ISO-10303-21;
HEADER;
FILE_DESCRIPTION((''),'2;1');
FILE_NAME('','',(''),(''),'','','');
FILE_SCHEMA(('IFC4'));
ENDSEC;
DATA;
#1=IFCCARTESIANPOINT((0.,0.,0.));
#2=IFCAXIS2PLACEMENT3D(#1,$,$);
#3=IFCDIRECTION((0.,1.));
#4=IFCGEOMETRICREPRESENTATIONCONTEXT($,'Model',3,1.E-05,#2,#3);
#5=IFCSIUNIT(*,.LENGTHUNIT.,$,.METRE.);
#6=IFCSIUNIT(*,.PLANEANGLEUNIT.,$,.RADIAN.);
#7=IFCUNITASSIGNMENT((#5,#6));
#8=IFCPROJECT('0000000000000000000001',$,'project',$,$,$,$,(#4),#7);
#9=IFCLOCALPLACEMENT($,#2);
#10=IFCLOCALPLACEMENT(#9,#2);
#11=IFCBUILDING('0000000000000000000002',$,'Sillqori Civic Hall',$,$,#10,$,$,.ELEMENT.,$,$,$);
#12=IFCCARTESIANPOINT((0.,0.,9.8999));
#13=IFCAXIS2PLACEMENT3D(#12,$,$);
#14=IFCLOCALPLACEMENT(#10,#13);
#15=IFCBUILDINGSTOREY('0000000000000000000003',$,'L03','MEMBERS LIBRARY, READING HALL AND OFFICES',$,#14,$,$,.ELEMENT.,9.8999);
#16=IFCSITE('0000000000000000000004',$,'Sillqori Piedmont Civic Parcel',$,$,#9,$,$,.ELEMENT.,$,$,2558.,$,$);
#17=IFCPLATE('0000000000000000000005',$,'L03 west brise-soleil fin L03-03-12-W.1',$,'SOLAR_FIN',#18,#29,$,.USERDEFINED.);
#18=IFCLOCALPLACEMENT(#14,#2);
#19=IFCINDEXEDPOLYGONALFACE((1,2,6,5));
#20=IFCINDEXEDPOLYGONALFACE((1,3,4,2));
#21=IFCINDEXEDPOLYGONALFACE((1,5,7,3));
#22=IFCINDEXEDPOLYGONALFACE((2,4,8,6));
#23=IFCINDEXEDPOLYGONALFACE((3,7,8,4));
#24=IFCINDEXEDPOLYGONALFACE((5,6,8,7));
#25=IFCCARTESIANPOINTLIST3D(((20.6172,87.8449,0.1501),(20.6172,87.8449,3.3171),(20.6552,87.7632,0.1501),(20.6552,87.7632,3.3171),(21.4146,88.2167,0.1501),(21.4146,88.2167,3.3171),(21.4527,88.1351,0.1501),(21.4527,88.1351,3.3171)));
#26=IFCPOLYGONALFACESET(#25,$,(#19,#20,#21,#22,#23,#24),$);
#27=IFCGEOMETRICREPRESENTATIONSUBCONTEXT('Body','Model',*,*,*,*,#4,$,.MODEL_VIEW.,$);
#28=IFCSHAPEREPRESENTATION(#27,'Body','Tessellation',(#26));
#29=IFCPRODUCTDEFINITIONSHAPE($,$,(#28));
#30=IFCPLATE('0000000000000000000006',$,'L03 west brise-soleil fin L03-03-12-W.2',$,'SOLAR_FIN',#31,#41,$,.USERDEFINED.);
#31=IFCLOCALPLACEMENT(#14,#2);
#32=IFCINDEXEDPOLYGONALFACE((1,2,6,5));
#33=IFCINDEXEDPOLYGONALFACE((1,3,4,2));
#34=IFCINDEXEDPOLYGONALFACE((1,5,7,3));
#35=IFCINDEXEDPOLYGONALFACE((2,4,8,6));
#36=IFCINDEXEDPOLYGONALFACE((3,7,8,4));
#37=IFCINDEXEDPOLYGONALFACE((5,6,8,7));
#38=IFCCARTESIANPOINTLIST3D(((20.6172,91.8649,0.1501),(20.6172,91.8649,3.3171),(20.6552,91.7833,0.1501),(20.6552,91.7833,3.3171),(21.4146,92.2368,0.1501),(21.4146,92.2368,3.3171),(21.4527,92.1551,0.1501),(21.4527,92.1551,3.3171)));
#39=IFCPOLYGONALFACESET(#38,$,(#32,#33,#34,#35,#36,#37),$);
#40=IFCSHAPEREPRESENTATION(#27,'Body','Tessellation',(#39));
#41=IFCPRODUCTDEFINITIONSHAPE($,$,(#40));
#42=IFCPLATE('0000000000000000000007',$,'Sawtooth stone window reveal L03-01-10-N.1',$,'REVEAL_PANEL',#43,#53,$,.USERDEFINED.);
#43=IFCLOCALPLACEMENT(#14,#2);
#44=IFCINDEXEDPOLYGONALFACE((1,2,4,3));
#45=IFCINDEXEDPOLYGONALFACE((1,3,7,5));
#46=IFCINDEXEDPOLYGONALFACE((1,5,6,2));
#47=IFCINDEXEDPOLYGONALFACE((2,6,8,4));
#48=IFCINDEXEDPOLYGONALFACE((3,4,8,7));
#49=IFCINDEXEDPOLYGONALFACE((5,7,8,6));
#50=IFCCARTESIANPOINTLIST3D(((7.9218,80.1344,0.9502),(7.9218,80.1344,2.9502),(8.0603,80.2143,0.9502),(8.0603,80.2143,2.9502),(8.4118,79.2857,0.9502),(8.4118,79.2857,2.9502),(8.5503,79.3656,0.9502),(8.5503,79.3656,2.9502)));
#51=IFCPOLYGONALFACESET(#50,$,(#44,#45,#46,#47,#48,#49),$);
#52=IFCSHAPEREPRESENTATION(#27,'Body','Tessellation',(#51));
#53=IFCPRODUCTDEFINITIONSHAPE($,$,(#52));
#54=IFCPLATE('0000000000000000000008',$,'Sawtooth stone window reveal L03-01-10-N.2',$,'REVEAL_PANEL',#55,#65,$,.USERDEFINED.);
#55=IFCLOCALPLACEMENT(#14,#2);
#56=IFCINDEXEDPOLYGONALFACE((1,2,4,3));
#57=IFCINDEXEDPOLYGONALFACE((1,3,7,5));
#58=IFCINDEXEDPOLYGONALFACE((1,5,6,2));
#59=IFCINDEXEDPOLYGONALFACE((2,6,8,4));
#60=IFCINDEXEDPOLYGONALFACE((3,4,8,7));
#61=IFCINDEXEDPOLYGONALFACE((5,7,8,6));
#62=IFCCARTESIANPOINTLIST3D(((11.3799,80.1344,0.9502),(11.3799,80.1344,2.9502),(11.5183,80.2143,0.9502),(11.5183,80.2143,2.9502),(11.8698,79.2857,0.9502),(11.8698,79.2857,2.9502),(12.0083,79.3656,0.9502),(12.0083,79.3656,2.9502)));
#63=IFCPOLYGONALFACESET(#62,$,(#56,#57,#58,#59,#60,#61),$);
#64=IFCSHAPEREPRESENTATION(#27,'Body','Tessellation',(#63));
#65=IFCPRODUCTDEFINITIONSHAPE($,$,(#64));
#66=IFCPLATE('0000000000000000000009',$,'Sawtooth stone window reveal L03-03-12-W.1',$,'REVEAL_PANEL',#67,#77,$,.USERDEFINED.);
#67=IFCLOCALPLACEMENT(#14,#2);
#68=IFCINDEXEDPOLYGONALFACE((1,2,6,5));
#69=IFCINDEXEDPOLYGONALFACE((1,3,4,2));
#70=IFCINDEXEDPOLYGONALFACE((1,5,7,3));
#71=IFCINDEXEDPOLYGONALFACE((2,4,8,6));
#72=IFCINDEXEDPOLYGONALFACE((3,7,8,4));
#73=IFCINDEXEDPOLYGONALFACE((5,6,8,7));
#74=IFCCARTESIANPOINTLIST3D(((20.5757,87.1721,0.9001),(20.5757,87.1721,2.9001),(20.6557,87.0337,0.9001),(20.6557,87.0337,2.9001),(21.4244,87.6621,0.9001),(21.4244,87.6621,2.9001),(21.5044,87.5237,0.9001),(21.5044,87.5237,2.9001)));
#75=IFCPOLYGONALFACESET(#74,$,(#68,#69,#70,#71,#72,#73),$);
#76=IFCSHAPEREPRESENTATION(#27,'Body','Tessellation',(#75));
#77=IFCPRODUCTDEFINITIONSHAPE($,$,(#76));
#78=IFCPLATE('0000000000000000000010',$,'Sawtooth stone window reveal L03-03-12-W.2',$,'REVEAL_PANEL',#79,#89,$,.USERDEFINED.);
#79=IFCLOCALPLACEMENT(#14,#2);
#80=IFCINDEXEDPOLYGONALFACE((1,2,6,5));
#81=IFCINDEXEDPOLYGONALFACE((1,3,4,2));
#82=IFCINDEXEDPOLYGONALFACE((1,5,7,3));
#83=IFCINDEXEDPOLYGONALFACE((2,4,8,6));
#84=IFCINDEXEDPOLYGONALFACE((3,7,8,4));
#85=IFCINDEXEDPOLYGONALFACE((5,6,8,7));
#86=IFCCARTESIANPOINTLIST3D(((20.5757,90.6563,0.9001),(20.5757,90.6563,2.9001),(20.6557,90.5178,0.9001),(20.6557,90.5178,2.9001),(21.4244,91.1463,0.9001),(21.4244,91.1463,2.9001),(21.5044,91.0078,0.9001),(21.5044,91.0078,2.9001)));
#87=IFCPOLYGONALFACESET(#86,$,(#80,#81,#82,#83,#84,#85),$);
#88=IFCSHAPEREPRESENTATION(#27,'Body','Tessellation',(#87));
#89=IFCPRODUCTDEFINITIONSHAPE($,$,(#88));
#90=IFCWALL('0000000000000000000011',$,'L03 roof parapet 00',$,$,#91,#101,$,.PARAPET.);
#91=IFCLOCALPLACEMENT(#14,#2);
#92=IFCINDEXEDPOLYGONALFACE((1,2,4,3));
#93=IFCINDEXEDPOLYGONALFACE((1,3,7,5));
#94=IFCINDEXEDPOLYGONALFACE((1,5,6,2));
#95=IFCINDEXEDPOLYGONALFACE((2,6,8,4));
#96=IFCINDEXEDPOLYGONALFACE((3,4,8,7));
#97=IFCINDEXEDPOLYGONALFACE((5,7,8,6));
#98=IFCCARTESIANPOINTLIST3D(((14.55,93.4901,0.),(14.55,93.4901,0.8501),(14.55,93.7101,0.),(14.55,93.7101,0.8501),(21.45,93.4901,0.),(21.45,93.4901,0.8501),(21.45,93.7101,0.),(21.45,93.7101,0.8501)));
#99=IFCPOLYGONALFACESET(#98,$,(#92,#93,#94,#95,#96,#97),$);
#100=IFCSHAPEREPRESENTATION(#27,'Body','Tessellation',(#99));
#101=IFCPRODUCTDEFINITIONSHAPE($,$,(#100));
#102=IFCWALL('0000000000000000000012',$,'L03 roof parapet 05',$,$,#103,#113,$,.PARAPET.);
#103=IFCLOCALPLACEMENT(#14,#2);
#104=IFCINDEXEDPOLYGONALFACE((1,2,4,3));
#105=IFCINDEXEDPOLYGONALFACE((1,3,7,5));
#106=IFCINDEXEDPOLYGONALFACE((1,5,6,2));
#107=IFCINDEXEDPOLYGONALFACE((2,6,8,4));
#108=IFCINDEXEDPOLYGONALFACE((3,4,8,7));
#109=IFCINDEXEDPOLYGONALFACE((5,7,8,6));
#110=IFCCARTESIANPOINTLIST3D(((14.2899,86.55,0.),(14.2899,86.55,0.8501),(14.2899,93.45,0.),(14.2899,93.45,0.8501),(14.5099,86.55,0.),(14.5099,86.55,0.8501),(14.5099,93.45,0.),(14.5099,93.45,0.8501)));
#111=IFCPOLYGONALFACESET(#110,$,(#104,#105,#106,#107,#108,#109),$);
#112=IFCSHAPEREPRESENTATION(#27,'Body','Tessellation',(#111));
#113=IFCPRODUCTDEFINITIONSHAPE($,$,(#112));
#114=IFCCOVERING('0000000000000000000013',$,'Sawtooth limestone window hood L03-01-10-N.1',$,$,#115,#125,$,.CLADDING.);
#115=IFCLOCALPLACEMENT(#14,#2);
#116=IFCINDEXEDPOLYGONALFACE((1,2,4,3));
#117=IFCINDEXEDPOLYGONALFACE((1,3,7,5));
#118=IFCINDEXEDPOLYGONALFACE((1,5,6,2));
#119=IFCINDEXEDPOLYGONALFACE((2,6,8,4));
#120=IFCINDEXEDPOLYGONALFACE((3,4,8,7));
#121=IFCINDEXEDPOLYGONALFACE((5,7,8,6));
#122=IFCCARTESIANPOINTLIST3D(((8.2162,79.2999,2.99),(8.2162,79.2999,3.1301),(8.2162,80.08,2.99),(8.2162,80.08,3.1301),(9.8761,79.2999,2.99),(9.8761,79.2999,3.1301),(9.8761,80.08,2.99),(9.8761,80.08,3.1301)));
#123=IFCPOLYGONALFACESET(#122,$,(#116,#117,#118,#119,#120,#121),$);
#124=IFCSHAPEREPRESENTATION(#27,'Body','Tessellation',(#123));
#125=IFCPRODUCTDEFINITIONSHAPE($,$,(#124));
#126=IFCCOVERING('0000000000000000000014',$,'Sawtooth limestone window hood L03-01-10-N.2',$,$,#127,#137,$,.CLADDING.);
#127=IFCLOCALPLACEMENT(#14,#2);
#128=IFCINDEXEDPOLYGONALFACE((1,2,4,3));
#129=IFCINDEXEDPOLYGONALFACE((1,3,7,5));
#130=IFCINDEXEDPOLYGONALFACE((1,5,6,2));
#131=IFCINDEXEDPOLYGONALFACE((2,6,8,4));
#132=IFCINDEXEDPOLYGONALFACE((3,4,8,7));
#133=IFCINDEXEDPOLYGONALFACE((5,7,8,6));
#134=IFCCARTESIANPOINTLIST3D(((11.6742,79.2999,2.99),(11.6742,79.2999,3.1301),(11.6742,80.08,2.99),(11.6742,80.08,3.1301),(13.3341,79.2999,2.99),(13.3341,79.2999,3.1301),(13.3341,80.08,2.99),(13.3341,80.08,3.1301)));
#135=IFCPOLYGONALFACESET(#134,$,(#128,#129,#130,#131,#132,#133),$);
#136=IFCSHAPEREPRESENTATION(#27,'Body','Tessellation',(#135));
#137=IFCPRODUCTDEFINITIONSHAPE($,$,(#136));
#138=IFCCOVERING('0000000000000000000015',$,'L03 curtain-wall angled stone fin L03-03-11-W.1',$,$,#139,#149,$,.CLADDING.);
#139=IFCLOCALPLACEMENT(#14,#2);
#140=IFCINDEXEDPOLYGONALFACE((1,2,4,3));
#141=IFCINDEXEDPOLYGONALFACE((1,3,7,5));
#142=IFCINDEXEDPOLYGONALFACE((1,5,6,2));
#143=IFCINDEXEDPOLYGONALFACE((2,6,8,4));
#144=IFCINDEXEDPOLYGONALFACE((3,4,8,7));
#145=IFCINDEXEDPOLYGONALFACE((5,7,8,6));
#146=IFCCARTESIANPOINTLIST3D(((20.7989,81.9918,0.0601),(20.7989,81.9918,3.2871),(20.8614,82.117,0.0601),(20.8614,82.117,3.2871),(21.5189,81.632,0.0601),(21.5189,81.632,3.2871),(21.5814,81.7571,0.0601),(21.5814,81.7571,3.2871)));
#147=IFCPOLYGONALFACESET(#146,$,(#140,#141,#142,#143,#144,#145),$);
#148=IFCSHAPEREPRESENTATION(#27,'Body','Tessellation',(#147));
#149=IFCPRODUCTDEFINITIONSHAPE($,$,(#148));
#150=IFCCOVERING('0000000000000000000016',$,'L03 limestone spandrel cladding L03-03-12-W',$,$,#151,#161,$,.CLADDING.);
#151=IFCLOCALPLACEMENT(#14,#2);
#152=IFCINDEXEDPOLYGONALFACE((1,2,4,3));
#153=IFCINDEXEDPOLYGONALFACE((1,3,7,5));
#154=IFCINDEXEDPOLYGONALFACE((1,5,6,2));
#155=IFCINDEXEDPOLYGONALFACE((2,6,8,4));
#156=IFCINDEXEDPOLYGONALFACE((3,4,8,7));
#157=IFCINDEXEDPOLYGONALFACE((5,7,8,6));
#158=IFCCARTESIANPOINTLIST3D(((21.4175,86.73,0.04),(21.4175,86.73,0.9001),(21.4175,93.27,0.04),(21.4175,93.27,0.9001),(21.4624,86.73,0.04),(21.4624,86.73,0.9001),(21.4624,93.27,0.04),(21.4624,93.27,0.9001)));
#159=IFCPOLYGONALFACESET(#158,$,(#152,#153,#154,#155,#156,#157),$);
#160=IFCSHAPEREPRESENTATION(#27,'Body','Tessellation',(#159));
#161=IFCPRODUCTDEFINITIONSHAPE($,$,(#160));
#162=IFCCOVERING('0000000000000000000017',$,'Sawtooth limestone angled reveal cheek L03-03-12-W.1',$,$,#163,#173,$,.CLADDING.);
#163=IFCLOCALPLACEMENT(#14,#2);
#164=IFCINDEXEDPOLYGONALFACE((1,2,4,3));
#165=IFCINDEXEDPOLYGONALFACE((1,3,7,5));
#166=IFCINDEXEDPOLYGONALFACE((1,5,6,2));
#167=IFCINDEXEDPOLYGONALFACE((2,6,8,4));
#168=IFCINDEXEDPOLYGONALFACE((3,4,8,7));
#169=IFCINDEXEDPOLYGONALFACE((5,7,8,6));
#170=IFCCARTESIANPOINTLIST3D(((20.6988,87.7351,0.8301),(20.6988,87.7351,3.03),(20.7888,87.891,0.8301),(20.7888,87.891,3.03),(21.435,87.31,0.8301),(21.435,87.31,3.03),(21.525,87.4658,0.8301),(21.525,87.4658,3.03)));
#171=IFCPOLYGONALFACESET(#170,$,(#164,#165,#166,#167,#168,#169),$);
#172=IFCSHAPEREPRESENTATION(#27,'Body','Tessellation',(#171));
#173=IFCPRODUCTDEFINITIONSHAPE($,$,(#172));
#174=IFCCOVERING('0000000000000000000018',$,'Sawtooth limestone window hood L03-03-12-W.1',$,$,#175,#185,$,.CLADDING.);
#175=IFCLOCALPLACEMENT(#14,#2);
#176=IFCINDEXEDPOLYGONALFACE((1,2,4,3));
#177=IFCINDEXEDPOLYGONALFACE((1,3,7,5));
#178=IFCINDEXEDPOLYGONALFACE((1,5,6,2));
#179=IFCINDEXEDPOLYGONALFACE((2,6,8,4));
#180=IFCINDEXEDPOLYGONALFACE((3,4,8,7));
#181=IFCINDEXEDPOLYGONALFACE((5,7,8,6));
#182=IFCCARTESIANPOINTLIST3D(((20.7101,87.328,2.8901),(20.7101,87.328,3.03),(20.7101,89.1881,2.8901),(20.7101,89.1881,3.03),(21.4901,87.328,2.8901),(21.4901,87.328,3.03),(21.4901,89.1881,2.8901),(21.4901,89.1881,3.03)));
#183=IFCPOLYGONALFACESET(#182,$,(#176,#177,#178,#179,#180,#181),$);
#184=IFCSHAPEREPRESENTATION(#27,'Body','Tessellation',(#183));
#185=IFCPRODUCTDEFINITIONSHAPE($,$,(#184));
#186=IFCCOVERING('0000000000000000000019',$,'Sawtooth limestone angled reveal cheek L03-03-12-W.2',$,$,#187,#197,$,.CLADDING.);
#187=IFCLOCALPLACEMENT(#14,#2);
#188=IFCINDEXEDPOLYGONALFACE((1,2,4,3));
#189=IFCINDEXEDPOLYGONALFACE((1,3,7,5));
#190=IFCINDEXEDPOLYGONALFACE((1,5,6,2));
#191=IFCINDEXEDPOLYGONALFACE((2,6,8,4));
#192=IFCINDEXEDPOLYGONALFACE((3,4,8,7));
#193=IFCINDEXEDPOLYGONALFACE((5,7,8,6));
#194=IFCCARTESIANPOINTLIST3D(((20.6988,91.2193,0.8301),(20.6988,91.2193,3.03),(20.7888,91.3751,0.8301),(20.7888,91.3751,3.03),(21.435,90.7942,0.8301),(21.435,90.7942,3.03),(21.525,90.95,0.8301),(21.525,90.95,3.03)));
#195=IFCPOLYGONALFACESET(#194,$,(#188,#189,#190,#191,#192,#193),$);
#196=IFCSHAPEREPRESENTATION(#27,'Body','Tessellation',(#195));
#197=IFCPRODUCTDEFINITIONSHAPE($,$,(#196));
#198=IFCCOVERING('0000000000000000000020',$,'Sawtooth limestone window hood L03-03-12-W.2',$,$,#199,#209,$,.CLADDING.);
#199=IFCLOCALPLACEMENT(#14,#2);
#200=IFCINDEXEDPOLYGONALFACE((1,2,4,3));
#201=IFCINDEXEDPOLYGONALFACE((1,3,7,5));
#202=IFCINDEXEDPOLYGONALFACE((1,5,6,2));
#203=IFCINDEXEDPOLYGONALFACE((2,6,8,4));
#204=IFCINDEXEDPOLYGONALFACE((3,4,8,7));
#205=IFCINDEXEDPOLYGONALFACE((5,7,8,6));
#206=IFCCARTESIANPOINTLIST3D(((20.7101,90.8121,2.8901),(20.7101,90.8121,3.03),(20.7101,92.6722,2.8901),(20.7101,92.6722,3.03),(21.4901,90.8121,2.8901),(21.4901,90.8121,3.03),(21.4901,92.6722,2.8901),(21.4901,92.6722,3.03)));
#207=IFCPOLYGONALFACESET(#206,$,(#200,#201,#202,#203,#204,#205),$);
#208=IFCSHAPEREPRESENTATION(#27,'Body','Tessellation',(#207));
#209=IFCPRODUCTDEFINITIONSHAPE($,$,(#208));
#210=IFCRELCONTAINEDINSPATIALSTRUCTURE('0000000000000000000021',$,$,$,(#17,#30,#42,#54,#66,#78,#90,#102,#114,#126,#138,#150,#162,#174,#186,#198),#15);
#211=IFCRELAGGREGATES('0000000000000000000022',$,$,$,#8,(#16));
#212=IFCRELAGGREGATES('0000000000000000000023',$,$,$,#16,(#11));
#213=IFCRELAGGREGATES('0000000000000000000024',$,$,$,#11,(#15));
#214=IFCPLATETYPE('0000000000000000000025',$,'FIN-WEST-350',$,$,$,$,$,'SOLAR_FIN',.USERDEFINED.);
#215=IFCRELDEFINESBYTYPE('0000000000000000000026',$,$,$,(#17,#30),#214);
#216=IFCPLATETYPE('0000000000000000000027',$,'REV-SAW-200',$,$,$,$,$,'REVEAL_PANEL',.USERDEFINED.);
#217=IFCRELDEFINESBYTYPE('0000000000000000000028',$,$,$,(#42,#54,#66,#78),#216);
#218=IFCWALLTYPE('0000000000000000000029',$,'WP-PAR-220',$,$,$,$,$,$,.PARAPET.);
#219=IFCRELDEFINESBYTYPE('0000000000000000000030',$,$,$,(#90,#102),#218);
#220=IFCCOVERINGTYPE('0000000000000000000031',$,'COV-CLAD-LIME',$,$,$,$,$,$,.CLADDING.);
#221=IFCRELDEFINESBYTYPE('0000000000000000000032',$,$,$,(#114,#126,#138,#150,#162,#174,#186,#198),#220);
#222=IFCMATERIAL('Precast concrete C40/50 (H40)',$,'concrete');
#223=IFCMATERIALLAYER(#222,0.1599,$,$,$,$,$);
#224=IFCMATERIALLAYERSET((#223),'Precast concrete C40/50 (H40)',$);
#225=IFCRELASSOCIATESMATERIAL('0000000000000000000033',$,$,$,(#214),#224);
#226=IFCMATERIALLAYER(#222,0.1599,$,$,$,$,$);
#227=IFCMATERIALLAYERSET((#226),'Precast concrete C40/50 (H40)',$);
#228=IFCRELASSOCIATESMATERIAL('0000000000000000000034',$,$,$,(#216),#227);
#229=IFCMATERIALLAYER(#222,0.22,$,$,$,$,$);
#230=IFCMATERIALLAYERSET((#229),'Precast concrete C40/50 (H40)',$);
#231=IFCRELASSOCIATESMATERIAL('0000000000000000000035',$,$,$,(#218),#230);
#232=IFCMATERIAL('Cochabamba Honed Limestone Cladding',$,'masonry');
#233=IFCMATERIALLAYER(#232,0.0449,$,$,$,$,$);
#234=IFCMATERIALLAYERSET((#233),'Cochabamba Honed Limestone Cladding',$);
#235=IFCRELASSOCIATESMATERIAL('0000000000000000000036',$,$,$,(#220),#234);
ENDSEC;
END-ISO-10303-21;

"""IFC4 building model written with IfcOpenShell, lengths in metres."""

from ifc_helpers import new_model, si_unit, direction, frame, frame_2d, origin, origin_2d, place, context, subcontext, project, spatial, rectangle, extrude, material, layer, layer_set, type_object, element, save


model = new_model("IFC4")

# Units and contexts
model_context = context("Model", 3, precision=1e-05, world=origin(), true_north=direction((0.0, 1.0)))
body_context = subcontext(model_context, "Body", "Model", "MODEL_VIEW")
ifc_project = project(units=[si_unit("LENGTHUNIT", "METRE"), si_unit("PLANEANGLEUNIT", "RADIAN")], contexts=[model_context])

# Site, building, storey
site_placement = place(None, origin())
site = spatial("IfcSite", under=ifc_project, at=site_placement, Name="Sillqori Piedmont Civic Parcel", CompositionType="ELEMENT", RefElevation=2558.0)
building_placement = place(site_placement, origin())
building = spatial("IfcBuilding", under=site, at=building_placement, Name="Sillqori Civic Hall", CompositionType="ELEMENT")
storey_placement = place(building_placement, frame((0.0, 0.0, 9.8999)))
storey = spatial("IfcBuildingStorey", under=building, at=storey_placement, Name="L03", Description="MEMBERS LIBRARY, READING HALL AND OFFICES", CompositionType="ELEMENT", Elevation=9.8999)

# Plates
ifc_material_1 = material(Name="Precast concrete C40/50 (H40)", Category="concrete")
ifc_layer_1 = layer(ifc_material_1, 0.1599)
ifc_layer_set_1 = layer_set([ifc_layer_1], Name="Precast concrete C40/50 (H40)")
plate_type_1 = type_object("IfcPlateType", Name="FIN-WEST-350", ElementType="SOLAR_FIN", PredefinedType="USERDEFINED", material=ifc_layer_set_1)
for number, where, z_axis, x_axis, name in (
    (1, (21.0349, 87.99, 0.1501), (0.0, 0.0, 1.0), (-0.422618, 0.906308, 0.0), "L03 west brise-soleil fin L03-03-12-W.1"),
    (2, (21.0349, 92.01, 0.1501), (0.0, 0.0, 1.0), (-0.422618, 0.906308, 0.0), "L03 west brise-soleil fin L03-03-12-W.2"),
):
    element("IfcPlate", number, at=place(storey_placement, frame(where, z_axis=z_axis, x_axis=x_axis)), inside=storey, type_object=plate_type_1, Name=name, ObjectType="SOLAR_FIN", PredefinedType="USERDEFINED", context=body_context, shape_type="SweptSolid", body=[
        extrude(rectangle(XDim=0.0901, YDim=0.8799, at=origin_2d()), origin(), (0.0, 0.0, 1.0), 3.167),
    ])
ifc_layer_2 = layer(ifc_material_1, 0.1599)
ifc_layer_set_2 = layer_set([ifc_layer_2], Name="Precast concrete C40/50 (H40)")
plate_type_2 = type_object("IfcPlateType", Name="REV-SAW-200", ElementType="REVEAL_PANEL", PredefinedType="USERDEFINED", material=ifc_layer_set_2)
for number, where, z_axis, x_axis, name in (
    (3, (8.2361, 79.75, 0.9502), (0.0, 0.0, 1.0), (0.866025, 0.5, 0.0), "Sawtooth stone window reveal L03-01-10-N.1"),
    (4, (11.6941, 79.75, 0.9502), (0.0, 0.0, 1.0), (0.866025, 0.5, 0.0), "Sawtooth stone window reveal L03-01-10-N.2"),
    (5, (21.04, 87.3479, 0.9001), (0.0, 0.0, 1.0), (-0.5, 0.866025, 0.0), "Sawtooth stone window reveal L03-03-12-W.1"),
    (6, (21.04, 90.832, 0.9001), (0.0, 0.0, 1.0), (-0.5, 0.866025, 0.0), "Sawtooth stone window reveal L03-03-12-W.2"),
):
    element("IfcPlate", number, at=place(storey_placement, frame(where, z_axis=z_axis, x_axis=x_axis)), inside=storey, type_object=plate_type_2, Name=name, ObjectType="REVEAL_PANEL", PredefinedType="USERDEFINED", context=body_context, shape_type="SweptSolid", body=[
        extrude(rectangle(XDim=0.1599, YDim=0.98, at=origin_2d()), origin(), (0.0, 0.0, 1.0), 2.0),
    ])

# Walls
ifc_layer_3 = layer(ifc_material_1, 0.22)
ifc_layer_set_3 = layer_set([ifc_layer_3], Name="Precast concrete C40/50 (H40)")
wall_type = type_object("IfcWallType", Name="WP-PAR-220", PredefinedType="PARAPET", material=ifc_layer_set_3)
for number, where, z_axis, x_axis, name in (
    (7, (14.55, 93.6001, 0.0), (0.0, 0.0, 1.0), (1.0, 0.0, 0.0), "L03 roof parapet 00"),
    (8, (14.3999, 86.55, 0.0), (0.0, 0.0, 1.0), (0.0, 1.0, 0.0), "L03 roof parapet 05"),
):
    element("IfcWall", number, at=place(storey_placement, frame(where, z_axis=z_axis, x_axis=x_axis)), inside=storey, type_object=wall_type, Name=name, PredefinedType="PARAPET", context=body_context, shape_type="SweptSolid", body=[
        extrude(rectangle(XDim=6.8999, YDim=0.22, at=frame_2d((3.45, 0.0))), origin(), (0.0, 0.0, 1.0), 0.8501),
    ])

# Coverings
ifc_material_2 = material(Name="Cochabamba Honed Limestone Cladding", Category="masonry")
ifc_layer_4 = layer(ifc_material_2, 0.0449)
ifc_layer_set_4 = layer_set([ifc_layer_4], Name="Cochabamba Honed Limestone Cladding")
covering_type = type_object("IfcCoveringType", Name="COV-CLAD-LIME", PredefinedType="CLADDING", material=ifc_layer_set_4)
for number, where, z_axis, x_axis, name in (
    (9, (8.2161, 79.6899, 2.99), (0.0, 0.0, 1.0), (1.0, 0.0, 0.0), "Sawtooth limestone window hood L03-01-10-N.1"),
    (10, (11.6741, 79.6899, 2.99), (0.0, 0.0, 1.0), (1.0, 0.0, 0.0), "Sawtooth limestone window hood L03-01-10-N.2"),
):
    element("IfcCovering", number, at=place(storey_placement, frame(where, z_axis=z_axis, x_axis=x_axis)), inside=storey, type_object=covering_type, Name=name, PredefinedType="CLADDING", context=body_context, shape_type="SweptSolid", body=[
        extrude(rectangle(XDim=1.6599, YDim=0.78, at=frame_2d((0.8301, 0.0))), origin(), (0.0, 0.0, 1.0), 0.1401),
    ])
covering_1_placement = place(storey_placement, frame((21.55, 81.6946, 0.0601), z_axis=(0.0, 0.0, 1.0), x_axis=(-0.894488, 0.447092, 0.0)))
element("IfcCovering", 11, at=covering_1_placement, inside=storey, type_object=covering_type, Name="L03 curtain-wall angled stone fin L03-03-11-W.1", PredefinedType="CLADDING", context=body_context, shape_type="SweptSolid", body=[
    extrude(rectangle(XDim=0.8049, YDim=0.1399, at=frame_2d((0.4023, 0.0))), origin(), (0.0, 0.0, 1.0), 3.2271),
])
covering_2_placement = place(storey_placement, frame((21.4399, 86.73, 0.04), z_axis=(0.0, 0.0, 1.0), x_axis=(0.0, 1.0, 0.0)))
element("IfcCovering", 12, at=covering_2_placement, inside=storey, type_object=covering_type, Name="L03 limestone spandrel cladding L03-03-12-W", PredefinedType="CLADDING", context=body_context, shape_type="SweptSolid", body=[
    extrude(rectangle(XDim=6.54, YDim=0.0449, at=frame_2d((3.27, 0.0))), origin(), (0.0, 0.0, 1.0), 0.8601),
])
covering_3_placement = place(storey_placement, frame((21.48, 87.3879, 0.8301), z_axis=(0.0, 0.0, 1.0), x_axis=(-0.865989, 0.500062, 0.0)))
element("IfcCovering", 13, at=covering_3_placement, inside=storey, type_object=covering_type, Name="Sawtooth limestone angled reveal cheek L03-03-12-W.1", PredefinedType="CLADDING", context=body_context, shape_type="SweptSolid", body=[
    extrude(rectangle(XDim=0.8501, YDim=0.1799, at=frame_2d((0.425, 0.0))), origin(), (0.0, 0.0, 1.0), 2.2),
])
covering_4_placement = place(storey_placement, frame((21.1001, 87.3279, 2.8901), z_axis=(0.0, 0.0, 1.0), x_axis=(0.0, 1.0, 0.0)))
element("IfcCovering", 14, at=covering_4_placement, inside=storey, type_object=covering_type, Name="Sawtooth limestone window hood L03-03-12-W.1", PredefinedType="CLADDING", context=body_context, shape_type="SweptSolid", body=[
    extrude(rectangle(XDim=1.8601, YDim=0.78, at=frame_2d((0.9302, 0.0))), origin(), (0.0, 0.0, 1.0), 0.1399),
])
covering_5_placement = place(storey_placement, frame((21.48, 90.8721, 0.8301), z_axis=(0.0, 0.0, 1.0), x_axis=(-0.865989, 0.500062, 0.0)))
element("IfcCovering", 15, at=covering_5_placement, inside=storey, type_object=covering_type, Name="Sawtooth limestone angled reveal cheek L03-03-12-W.2", PredefinedType="CLADDING", context=body_context, shape_type="SweptSolid", body=[
    extrude(rectangle(XDim=0.8501, YDim=0.1799, at=frame_2d((0.425, 0.0))), origin(), (0.0, 0.0, 1.0), 2.2),
])
covering_6_placement = place(storey_placement, frame((21.1001, 90.812, 2.8901), z_axis=(0.0, 0.0, 1.0), x_axis=(0.0, 1.0, 0.0)))
element("IfcCovering", 16, at=covering_6_placement, inside=storey, type_object=covering_type, Name="Sawtooth limestone window hood L03-03-12-W.2", PredefinedType="CLADDING", context=body_context, shape_type="SweptSolid", body=[
    extrude(rectangle(XDim=1.8601, YDim=0.78, at=frame_2d((0.9302, 0.0))), origin(), (0.0, 0.0, 1.0), 0.1399),
])

save(model, "model.ifc")
